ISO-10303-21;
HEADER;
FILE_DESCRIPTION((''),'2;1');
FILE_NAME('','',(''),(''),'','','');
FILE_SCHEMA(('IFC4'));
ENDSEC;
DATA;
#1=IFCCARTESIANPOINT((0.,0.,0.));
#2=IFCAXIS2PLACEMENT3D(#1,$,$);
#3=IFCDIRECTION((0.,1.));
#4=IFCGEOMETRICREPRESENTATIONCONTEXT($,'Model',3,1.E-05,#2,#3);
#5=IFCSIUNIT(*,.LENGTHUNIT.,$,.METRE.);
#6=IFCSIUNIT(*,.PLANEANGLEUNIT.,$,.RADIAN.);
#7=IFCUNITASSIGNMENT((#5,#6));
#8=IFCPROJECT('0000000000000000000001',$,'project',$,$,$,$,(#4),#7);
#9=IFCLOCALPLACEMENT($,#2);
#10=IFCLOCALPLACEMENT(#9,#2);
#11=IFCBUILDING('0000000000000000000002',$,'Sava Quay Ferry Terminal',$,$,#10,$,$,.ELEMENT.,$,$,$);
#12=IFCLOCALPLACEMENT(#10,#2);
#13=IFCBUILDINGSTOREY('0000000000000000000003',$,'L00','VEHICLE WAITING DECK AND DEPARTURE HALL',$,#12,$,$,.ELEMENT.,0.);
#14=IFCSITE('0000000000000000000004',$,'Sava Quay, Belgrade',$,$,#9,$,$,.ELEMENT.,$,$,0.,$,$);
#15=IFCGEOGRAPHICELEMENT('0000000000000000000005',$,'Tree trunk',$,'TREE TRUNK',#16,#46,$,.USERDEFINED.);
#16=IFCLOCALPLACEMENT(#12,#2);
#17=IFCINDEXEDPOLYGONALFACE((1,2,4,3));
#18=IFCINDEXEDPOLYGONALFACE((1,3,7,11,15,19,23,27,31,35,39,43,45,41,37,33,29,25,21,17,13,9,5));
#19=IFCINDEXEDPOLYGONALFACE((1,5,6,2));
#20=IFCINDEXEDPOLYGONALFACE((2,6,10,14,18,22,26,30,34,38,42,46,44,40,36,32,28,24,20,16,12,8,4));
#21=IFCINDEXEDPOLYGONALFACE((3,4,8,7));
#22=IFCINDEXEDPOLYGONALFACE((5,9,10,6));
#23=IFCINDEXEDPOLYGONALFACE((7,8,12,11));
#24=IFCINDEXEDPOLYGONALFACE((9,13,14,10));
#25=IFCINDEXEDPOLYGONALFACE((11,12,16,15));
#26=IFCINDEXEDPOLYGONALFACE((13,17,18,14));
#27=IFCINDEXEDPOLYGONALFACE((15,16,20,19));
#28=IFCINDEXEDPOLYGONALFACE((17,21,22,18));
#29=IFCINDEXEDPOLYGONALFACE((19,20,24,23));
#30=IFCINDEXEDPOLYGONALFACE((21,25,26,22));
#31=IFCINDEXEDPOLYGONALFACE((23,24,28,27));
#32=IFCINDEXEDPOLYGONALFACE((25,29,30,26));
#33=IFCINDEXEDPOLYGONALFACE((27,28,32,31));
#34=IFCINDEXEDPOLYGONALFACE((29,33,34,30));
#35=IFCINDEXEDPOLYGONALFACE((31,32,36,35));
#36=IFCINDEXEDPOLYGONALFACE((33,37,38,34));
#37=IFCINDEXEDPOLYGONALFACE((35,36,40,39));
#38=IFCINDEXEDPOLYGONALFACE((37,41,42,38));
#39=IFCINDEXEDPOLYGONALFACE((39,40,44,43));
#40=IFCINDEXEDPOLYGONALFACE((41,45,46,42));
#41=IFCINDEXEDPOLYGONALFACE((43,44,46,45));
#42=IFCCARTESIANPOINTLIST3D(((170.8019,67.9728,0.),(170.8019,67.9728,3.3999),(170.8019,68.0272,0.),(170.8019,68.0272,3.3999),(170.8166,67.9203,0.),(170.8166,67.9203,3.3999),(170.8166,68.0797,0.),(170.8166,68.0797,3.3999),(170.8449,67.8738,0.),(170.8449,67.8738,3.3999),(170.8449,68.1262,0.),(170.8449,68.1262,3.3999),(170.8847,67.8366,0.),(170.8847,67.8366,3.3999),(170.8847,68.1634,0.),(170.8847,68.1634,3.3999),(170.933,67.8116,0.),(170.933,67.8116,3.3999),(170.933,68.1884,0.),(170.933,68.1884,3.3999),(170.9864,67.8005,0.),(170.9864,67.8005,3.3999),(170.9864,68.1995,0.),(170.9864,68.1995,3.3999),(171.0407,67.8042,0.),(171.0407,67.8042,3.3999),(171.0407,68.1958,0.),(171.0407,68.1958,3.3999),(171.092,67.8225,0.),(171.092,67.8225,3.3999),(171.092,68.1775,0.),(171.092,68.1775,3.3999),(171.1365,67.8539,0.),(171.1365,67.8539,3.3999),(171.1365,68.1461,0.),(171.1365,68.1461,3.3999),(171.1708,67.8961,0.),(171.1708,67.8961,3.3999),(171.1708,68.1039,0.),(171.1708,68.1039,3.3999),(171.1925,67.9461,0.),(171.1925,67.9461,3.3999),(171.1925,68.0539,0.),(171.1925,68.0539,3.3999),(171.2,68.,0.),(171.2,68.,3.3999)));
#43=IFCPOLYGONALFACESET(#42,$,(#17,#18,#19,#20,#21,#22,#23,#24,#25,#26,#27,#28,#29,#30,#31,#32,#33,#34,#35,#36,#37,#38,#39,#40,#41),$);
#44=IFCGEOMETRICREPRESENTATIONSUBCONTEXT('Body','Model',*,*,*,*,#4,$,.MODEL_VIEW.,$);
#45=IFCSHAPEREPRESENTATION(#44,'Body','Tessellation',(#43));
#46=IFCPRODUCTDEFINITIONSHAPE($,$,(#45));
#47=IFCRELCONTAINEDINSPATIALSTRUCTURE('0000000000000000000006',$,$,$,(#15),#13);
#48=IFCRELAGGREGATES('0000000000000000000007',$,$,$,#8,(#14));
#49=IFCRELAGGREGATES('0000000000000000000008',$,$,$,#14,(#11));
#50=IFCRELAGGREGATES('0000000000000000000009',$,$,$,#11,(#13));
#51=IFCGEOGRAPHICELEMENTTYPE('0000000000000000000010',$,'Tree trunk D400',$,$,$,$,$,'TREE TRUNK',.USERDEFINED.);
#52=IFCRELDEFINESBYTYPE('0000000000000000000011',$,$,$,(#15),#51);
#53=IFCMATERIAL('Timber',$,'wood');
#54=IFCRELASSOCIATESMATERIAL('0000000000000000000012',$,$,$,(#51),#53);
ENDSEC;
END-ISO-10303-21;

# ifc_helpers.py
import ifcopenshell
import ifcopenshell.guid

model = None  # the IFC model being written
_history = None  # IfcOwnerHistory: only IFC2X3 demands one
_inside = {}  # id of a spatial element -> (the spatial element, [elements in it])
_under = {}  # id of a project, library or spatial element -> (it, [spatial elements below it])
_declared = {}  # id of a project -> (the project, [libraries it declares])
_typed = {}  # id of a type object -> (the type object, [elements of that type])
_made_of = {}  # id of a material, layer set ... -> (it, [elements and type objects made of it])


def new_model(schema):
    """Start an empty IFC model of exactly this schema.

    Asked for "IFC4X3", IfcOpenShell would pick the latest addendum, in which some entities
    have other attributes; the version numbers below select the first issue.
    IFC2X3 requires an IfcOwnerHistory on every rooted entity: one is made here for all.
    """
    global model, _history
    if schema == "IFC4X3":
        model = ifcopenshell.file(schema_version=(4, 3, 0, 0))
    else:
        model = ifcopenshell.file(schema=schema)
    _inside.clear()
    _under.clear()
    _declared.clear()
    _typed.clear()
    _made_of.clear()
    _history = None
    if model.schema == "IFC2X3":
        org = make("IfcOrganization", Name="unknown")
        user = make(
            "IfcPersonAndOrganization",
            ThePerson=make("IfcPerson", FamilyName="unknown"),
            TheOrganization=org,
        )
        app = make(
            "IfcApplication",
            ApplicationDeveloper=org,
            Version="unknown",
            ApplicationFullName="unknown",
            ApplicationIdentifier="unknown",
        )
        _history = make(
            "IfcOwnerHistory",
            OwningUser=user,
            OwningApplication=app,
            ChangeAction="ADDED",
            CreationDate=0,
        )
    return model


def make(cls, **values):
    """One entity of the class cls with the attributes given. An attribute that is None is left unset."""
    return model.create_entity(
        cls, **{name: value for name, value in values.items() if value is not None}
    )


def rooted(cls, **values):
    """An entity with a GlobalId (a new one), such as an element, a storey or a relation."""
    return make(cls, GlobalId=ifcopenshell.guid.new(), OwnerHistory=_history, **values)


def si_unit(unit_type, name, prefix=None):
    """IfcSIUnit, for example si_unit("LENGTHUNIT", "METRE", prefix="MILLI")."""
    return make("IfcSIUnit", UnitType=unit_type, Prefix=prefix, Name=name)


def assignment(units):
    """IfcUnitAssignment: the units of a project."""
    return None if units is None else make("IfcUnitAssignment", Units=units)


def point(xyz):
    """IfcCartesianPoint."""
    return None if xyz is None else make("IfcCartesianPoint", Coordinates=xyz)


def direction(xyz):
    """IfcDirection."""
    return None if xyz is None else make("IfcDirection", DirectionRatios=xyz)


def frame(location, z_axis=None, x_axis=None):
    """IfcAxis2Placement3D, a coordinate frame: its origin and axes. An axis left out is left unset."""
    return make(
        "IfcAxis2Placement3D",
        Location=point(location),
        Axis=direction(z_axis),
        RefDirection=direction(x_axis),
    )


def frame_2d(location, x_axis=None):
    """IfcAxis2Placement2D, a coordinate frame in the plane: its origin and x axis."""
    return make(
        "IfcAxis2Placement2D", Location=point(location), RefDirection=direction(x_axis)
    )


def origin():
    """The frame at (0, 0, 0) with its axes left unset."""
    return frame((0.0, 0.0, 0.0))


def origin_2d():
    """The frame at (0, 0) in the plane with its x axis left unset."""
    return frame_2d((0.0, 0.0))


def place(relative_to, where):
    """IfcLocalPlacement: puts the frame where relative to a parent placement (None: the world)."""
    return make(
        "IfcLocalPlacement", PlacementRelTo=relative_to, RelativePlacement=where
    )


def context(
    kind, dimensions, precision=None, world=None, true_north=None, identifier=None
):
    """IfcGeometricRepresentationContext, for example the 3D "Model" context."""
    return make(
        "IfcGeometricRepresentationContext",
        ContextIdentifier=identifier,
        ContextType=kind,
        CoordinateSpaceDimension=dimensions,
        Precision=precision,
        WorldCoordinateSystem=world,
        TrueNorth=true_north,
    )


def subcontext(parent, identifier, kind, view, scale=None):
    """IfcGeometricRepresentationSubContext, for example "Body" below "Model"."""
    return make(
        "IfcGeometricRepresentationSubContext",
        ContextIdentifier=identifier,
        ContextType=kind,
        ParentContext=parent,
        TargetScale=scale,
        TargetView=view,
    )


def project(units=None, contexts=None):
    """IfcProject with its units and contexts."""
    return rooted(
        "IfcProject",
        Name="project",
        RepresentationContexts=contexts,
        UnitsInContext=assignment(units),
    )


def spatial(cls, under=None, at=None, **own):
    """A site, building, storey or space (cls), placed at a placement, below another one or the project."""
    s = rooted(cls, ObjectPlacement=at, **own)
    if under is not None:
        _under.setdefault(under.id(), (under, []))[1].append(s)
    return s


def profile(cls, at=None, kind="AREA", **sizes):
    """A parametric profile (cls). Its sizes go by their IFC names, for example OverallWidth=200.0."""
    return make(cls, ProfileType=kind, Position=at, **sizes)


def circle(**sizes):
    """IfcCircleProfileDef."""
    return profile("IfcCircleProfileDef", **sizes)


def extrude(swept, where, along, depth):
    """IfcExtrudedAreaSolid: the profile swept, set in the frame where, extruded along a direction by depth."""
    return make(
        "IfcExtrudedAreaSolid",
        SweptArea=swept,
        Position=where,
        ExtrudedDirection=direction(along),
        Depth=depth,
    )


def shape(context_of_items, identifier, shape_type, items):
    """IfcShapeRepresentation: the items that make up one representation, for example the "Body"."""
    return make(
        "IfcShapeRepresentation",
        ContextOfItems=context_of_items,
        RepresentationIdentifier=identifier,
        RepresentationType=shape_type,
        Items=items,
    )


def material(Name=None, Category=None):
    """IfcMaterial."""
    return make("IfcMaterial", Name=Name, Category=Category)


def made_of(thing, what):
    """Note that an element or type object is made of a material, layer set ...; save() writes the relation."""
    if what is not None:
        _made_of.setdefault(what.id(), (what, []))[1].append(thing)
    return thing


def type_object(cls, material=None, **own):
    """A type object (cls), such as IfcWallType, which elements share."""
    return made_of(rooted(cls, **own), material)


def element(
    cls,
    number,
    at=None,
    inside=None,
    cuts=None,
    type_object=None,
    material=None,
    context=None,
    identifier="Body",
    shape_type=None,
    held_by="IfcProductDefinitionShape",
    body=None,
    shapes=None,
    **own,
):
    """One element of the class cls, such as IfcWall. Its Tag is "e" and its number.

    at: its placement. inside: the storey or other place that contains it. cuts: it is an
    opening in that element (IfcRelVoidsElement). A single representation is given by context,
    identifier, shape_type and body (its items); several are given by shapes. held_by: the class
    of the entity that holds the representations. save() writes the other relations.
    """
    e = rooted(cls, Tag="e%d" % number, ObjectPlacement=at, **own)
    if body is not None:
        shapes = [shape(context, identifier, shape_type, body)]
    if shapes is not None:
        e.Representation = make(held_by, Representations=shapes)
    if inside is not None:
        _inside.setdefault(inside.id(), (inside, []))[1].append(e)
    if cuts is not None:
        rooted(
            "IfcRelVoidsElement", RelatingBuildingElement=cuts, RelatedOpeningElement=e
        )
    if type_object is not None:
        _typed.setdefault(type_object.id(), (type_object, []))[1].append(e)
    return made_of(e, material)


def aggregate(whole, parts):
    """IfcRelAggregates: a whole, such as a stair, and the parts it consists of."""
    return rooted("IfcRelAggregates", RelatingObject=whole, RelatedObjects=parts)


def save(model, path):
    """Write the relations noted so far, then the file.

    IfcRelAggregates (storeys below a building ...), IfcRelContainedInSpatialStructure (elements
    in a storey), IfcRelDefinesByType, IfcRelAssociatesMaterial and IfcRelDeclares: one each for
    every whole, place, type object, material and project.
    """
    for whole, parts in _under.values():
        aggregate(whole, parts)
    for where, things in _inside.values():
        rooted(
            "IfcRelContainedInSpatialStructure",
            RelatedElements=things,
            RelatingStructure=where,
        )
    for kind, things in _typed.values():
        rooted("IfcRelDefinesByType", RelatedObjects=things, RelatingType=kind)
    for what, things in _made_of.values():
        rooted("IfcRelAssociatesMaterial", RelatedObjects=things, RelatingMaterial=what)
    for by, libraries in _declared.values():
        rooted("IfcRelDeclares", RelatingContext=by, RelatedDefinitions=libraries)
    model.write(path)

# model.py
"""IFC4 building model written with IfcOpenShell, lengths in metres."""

from ifc_helpers import new_model, si_unit, direction, frame, origin, origin_2d, place, context, subcontext, project, spatial, circle, extrude, material, type_object, element, save


model = new_model("IFC4")

# Units and contexts
model_context = context("Model", 3, precision=1e-05, world=origin(), true_north=direction((0.0, 1.0)))
body_context = subcontext(model_context, "Body", "Model", "MODEL_VIEW")
ifc_project = project(units=[si_unit("LENGTHUNIT", "METRE"), si_unit("PLANEANGLEUNIT", "RADIAN")], contexts=[model_context])

# Site, building, storey
site_placement = place(None, origin())
site = spatial("IfcSite", under=ifc_project, at=site_placement, Name="Sava Quay, Belgrade", CompositionType="ELEMENT", RefElevation=0.0)
building_placement = place(site_placement, origin())
building = spatial("IfcBuilding", under=site, at=building_placement, Name="Sava Quay Ferry Terminal", CompositionType="ELEMENT")
storey_placement = place(building_placement, origin())
storey = spatial("IfcBuildingStorey", under=building, at=storey_placement, Name="L00", Description="VEHICLE WAITING DECK AND DEPARTURE HALL", CompositionType="ELEMENT", Elevation=0.0)

# Geographic element
ifc_material_1 = material(Name="Timber", Category="wood")
geographic_element_type_1 = type_object("IfcGeographicElementType", Name="Tree trunk D400", ElementType="TREE TRUNK", PredefinedType="USERDEFINED", material=ifc_material_1)
geographic_element_1_placement = place(storey_placement, frame((171.0, 68.0, 3.3999), z_axis=(0.0, 0.0, -1.0), x_axis=(1.0, 0.0, 0.0)))
element("IfcGeographicElement", 1, at=geographic_element_1_placement, inside=storey, type_object=geographic_element_type_1, Name="Tree trunk", ObjectType="TREE TRUNK", PredefinedType="USERDEFINED", context=body_context, shape_type="SweptSolid", body=[
    extrude(circle(Radius=0.2, at=origin_2d()), origin(), (0.0, 0.0, 1.0), 3.3999),
])

save(model, "model.ifc")
